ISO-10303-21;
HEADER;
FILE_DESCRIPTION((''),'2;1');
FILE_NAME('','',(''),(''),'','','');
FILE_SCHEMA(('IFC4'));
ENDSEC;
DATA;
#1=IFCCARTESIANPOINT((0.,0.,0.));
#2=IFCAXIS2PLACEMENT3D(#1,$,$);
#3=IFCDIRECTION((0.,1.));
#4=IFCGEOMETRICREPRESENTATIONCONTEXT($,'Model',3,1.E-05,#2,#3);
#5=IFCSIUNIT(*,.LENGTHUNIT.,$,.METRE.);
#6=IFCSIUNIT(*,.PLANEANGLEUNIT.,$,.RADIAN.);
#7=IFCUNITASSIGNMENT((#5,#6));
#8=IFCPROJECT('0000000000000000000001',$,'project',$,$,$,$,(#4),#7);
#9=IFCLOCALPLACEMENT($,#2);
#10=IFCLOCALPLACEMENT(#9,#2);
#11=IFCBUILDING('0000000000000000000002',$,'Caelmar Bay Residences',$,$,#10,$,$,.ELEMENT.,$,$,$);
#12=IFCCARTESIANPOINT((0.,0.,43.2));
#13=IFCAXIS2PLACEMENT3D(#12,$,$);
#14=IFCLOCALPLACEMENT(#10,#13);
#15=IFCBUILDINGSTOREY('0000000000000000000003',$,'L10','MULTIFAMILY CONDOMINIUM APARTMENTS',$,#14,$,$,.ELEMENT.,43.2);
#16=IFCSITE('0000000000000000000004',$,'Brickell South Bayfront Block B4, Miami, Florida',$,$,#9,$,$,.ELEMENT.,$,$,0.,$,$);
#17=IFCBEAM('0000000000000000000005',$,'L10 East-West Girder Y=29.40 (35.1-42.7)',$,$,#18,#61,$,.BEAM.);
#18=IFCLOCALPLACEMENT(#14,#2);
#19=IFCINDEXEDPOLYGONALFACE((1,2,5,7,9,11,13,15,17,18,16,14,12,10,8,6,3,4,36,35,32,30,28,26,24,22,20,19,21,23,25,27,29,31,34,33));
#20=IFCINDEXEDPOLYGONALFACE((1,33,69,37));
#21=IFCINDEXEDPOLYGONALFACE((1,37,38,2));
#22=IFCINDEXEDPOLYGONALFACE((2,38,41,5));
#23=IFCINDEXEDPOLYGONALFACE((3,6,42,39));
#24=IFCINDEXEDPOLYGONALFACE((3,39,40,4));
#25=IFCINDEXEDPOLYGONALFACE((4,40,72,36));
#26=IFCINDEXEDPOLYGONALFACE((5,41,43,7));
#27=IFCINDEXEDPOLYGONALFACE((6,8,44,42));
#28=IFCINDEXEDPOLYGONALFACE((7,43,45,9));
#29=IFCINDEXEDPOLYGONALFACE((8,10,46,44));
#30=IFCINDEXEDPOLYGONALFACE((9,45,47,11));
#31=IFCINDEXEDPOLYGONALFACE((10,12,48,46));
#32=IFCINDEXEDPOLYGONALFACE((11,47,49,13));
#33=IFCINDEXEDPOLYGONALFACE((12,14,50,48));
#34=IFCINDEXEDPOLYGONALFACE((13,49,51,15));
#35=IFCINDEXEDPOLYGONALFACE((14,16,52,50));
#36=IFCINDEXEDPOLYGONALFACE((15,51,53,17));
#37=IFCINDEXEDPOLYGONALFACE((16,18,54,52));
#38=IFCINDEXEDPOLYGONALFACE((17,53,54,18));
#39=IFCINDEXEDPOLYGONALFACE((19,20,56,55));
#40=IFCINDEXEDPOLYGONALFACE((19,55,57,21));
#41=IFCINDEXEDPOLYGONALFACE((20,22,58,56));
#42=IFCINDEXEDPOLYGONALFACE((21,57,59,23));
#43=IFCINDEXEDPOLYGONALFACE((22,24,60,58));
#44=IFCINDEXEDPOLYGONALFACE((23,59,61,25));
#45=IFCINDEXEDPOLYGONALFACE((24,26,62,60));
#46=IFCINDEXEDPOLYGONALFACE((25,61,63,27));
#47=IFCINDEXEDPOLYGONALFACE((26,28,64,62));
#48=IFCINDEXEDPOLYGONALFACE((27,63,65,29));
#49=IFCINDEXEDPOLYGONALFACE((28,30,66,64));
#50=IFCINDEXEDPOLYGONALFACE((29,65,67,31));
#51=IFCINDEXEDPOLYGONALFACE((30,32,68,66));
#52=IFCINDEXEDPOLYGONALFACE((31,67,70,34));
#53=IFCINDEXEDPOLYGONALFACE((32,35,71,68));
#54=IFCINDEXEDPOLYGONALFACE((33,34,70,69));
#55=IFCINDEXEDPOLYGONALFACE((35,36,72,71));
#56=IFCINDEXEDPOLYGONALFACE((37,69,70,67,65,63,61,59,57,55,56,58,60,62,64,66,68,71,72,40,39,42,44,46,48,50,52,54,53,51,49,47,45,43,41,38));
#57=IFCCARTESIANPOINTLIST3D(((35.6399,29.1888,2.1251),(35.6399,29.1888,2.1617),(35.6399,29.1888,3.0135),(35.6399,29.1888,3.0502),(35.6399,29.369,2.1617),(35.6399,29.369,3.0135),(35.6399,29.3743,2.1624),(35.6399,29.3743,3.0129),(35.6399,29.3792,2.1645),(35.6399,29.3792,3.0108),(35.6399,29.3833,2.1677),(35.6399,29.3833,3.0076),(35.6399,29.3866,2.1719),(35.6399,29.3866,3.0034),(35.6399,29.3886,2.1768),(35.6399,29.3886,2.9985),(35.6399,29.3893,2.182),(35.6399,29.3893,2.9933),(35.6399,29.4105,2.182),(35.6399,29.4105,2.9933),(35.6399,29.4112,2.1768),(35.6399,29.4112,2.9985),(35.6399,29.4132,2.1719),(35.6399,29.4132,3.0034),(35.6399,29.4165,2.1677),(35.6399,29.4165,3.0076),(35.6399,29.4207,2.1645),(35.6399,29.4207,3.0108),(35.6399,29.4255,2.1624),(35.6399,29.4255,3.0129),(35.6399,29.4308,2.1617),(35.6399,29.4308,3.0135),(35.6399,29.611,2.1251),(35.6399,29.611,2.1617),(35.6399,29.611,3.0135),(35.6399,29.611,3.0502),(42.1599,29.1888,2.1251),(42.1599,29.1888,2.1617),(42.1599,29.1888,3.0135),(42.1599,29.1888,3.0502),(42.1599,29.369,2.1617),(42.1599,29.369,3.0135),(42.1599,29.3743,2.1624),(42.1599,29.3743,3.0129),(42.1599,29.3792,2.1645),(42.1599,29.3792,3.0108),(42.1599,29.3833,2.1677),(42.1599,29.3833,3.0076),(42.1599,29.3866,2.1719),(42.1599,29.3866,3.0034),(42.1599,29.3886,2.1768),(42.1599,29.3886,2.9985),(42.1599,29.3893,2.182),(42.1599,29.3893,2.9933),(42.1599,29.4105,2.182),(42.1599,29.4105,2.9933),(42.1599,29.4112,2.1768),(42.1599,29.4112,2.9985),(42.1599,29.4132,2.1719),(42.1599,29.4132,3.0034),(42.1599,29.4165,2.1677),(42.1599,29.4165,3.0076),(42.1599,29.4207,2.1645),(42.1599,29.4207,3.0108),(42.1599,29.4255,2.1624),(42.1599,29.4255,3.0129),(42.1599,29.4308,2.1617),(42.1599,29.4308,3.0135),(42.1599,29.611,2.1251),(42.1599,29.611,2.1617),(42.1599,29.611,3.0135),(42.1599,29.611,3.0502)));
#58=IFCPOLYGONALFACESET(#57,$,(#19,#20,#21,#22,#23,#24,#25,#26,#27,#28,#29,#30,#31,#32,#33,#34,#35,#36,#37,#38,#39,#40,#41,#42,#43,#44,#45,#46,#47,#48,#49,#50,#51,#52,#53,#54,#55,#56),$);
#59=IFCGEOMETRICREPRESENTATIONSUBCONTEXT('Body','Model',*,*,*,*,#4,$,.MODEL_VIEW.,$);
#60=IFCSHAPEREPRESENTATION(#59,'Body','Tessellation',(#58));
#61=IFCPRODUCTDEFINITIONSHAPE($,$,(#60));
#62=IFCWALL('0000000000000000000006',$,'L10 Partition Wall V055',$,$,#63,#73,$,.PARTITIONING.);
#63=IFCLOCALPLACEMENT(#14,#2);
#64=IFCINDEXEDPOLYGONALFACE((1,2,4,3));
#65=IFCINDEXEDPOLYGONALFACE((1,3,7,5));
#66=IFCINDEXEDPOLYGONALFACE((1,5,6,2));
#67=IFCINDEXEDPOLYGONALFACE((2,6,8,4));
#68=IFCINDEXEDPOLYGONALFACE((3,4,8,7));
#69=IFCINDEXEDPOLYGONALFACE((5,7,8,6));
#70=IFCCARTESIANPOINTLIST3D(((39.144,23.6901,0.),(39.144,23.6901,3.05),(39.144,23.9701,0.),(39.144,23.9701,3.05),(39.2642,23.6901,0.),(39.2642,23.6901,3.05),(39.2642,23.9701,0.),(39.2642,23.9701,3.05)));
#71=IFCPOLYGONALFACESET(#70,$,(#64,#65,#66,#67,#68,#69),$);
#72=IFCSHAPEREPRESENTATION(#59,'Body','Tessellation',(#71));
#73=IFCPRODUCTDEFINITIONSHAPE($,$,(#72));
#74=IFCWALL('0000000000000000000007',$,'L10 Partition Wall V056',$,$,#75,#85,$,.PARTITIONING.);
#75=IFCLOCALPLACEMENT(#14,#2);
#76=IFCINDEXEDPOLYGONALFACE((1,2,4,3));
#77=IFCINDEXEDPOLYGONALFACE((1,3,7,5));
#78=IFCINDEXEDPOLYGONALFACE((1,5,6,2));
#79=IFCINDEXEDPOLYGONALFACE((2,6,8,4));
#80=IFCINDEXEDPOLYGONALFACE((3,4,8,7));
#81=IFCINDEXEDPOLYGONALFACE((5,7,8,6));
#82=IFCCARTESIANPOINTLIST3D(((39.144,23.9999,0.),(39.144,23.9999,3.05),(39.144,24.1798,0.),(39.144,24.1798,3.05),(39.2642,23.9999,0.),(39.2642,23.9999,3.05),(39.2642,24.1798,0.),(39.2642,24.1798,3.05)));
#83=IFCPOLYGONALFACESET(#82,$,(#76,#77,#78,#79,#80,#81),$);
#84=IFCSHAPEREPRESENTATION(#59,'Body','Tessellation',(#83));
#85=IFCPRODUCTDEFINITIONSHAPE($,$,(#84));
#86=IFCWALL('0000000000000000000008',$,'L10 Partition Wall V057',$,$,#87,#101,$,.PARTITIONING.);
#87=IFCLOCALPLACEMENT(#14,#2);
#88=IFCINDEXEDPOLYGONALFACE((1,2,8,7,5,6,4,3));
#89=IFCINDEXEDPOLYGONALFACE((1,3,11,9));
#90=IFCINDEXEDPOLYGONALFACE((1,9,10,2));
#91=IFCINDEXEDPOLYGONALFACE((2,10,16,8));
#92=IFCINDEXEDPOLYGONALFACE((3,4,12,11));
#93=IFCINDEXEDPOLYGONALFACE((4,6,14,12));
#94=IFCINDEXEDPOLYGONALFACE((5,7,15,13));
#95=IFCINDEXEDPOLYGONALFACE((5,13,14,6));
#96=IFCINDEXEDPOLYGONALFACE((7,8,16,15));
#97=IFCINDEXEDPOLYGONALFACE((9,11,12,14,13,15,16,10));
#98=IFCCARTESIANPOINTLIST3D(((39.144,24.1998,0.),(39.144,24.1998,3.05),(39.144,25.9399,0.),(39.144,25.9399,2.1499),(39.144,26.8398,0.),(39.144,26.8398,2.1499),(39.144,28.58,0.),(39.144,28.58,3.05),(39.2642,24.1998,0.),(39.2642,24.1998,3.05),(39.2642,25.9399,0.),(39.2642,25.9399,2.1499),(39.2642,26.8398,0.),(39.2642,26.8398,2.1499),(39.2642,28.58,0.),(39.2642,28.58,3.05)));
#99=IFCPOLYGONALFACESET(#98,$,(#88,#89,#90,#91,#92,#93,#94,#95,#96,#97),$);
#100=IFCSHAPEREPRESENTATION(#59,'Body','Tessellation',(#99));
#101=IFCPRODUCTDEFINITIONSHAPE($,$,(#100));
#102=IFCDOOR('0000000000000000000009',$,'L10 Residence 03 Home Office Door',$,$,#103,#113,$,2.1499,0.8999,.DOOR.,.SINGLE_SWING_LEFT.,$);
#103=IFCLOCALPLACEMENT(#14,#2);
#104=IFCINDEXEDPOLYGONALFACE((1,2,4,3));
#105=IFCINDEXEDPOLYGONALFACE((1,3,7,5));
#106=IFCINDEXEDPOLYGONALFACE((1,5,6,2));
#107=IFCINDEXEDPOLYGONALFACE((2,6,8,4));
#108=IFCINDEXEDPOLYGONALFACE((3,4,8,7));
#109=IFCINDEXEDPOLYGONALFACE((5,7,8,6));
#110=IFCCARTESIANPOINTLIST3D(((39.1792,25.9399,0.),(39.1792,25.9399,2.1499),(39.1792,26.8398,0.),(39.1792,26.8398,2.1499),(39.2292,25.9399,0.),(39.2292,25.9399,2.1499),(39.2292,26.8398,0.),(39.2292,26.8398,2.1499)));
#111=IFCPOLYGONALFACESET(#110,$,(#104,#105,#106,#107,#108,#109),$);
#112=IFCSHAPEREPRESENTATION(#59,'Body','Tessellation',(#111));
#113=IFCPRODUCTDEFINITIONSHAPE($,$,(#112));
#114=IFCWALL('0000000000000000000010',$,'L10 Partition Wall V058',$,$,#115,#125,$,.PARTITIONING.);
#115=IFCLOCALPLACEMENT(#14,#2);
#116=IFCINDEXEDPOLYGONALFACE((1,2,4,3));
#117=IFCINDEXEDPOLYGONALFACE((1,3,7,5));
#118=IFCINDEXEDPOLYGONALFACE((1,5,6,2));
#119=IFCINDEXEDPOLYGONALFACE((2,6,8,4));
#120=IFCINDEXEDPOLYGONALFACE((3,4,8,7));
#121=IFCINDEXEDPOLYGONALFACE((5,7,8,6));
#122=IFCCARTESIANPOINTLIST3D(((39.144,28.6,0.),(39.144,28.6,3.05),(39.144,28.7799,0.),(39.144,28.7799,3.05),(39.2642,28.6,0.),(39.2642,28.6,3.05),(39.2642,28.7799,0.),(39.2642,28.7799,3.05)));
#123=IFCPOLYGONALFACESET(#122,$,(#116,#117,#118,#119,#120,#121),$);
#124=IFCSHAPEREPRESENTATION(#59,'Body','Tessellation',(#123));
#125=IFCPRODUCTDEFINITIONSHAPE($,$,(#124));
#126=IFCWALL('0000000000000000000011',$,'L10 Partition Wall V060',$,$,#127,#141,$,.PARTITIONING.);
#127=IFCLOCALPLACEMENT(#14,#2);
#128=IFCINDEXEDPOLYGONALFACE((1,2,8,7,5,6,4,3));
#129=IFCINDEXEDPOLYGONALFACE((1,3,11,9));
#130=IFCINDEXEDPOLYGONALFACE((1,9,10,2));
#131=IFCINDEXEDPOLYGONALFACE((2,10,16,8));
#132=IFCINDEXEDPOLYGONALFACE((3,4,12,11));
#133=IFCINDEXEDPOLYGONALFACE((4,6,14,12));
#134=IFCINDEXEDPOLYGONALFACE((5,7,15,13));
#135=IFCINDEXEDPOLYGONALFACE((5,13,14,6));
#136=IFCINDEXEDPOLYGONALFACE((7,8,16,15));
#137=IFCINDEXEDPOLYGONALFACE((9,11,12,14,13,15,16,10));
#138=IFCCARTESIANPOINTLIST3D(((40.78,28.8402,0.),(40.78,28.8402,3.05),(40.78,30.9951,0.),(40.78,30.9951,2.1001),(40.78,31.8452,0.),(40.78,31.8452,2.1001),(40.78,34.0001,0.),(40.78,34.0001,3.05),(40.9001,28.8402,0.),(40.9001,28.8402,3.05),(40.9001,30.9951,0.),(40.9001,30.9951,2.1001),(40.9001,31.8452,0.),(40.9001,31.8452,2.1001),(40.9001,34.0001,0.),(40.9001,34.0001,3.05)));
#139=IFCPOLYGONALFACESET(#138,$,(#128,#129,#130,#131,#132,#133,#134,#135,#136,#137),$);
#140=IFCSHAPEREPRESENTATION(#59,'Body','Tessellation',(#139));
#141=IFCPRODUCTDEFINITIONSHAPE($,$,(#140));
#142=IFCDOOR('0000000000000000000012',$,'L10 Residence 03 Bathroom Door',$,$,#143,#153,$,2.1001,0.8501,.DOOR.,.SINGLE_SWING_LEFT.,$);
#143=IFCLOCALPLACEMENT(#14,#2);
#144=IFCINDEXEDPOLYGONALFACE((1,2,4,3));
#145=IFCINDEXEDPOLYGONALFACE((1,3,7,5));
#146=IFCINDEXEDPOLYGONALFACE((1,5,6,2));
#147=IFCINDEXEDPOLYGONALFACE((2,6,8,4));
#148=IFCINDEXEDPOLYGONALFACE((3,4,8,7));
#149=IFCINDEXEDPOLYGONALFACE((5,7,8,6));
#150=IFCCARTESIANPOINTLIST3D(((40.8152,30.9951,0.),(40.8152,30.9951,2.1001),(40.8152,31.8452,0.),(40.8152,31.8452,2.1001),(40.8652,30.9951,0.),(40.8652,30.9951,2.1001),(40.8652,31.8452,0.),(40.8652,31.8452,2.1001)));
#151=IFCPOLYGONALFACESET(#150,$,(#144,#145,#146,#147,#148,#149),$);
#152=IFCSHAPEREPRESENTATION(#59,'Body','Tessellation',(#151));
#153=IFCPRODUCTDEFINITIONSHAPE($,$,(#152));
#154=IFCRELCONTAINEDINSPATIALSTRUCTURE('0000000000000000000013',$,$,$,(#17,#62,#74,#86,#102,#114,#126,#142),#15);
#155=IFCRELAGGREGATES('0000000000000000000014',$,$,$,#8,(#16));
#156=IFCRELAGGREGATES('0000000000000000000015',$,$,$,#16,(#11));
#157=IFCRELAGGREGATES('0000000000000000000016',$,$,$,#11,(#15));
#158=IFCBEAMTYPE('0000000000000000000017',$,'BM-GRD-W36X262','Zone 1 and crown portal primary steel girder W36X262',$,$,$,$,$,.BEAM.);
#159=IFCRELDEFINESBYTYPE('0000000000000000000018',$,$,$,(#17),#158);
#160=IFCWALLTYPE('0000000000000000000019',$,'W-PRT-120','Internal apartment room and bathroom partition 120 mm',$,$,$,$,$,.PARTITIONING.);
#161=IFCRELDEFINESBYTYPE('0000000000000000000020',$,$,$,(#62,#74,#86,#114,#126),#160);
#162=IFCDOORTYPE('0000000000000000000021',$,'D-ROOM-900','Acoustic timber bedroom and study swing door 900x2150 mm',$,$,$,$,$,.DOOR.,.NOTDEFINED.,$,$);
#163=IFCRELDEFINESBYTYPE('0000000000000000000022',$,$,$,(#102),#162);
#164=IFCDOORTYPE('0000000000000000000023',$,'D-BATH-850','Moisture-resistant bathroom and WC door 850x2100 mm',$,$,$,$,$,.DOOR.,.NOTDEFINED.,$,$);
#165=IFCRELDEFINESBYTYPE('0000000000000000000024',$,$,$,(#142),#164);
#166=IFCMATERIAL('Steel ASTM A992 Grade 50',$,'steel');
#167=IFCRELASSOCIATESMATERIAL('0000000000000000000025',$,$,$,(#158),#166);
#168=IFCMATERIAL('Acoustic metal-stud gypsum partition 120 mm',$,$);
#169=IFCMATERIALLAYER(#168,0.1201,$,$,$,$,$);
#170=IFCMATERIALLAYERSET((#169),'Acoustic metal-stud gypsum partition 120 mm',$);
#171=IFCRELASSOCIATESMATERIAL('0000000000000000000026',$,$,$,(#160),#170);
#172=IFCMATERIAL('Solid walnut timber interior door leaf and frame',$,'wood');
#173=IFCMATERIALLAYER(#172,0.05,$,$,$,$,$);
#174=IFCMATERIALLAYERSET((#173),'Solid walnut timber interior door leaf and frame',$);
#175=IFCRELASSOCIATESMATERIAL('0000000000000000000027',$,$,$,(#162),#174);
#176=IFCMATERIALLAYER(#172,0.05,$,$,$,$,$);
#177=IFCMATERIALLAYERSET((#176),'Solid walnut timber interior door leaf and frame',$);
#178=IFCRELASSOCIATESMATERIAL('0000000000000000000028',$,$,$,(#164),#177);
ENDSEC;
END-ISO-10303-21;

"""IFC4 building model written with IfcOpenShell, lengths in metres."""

from ifc_helpers import new_model, si_unit, direction, frame, frame_2d, origin, origin_2d, place, context, subcontext, project, spatial, rectangle, i_section, extrude, material, layer, layer_set, material_profile, profile_set, type_object, element, fill, save


model = new_model("IFC4")

# Units and contexts
model_context = context("Model", 3, precision=1e-05, world=origin(), true_north=direction((0.0, 1.0)))
body_context = subcontext(model_context, "Body", "Model", "MODEL_VIEW")
ifc_project = project(units=[si_unit("LENGTHUNIT", "METRE"), si_unit("PLANEANGLEUNIT", "RADIAN")], contexts=[model_context])

# Site, building, storey
site_placement = place(None, origin())
site = spatial("IfcSite", under=ifc_project, at=site_placement, Name="Brickell South Bayfront Block B4, Miami, Florida", CompositionType="ELEMENT", RefElevation=0.0)
building_placement = place(site_placement, origin())
building = spatial("IfcBuilding", under=site, at=building_placement, Name="Caelmar Bay Residences", CompositionType="ELEMENT")
storey_placement = place(building_placement, frame((0.0, 0.0, 43.2)))
storey = spatial("IfcBuildingStorey", under=building, at=storey_placement, Name="L10", Description="MULTIFAMILY CONDOMINIUM APARTMENTS", CompositionType="ELEMENT", Elevation=43.2)

# Beam
ifc_material_1 = material(Name="Steel ASTM A992 Grade 50", Category="steel")
ifc_material_profile = material_profile(ifc_material_1, i_section(OverallWidth=0.4221, OverallDepth=0.925, WebThickness=0.0212, FlangeThickness=0.0366, FilletRadius=0.0203, at=origin_2d()), Name="W36X262")
ifc_profile_set = profile_set([ifc_material_profile], Name="Steel ASTM A992 Grade 50")
beam_type = type_object("IfcBeamType", Name="BM-GRD-W36X262", Description="Zone 1 and crown portal primary steel girder W36X262", PredefinedType="BEAM", material=ifc_profile_set)
beam_placement = place(storey_placement, frame((35.6399, 29.3999, 2.5876), z_axis=(1.0, 0.0, 0.0), x_axis=(0.0, 1.0, 0.0)))
element("IfcBeam", 1, at=beam_placement, inside=storey, type_object=beam_type, Name="L10 East-West Girder Y=29.40 (35.1-42.7)", PredefinedType="BEAM", context=body_context, shape_type="SweptSolid", body=[
    extrude(i_section(OverallWidth=0.4221, OverallDepth=0.925, WebThickness=0.0212, FlangeThickness=0.0366, FilletRadius=0.0203, at=origin_2d()), origin(), (0.0, 0.0, 1.0), 6.52),
])

# Walls
ifc_material_2 = material(Name="Acoustic metal-stud gypsum partition 120 mm")
ifc_layer_1 = layer(ifc_material_2, 0.1201)
ifc_layer_set_1 = layer_set([ifc_layer_1], Name="Acoustic metal-stud gypsum partition 120 mm")
wall_type_1 = type_object("IfcWallType", Name="W-PRT-120", Description="Internal apartment room and bathroom partition 120 mm", PredefinedType="PARTITIONING", material=ifc_layer_set_1)
wall_1_placement = place(storey_placement, frame((39.2041, 23.6899, 0.0), z_axis=(0.0, 0.0, 1.0), x_axis=(0.0, 1.0, 0.0)))
element("IfcWall", 2, at=wall_1_placement, inside=storey, type_object=wall_type_1, Name="L10 Partition Wall V055", PredefinedType="PARTITIONING", context=body_context, shape_type="SweptSolid", body=[
    extrude(rectangle(XDim=0.28, YDim=0.1201, at=frame_2d((0.1401, 0.0))), origin(), (0.0, 0.0, 1.0), 3.05),
])
wall_2_placement = place(storey_placement, frame((39.2041, 24.0, 0.0), z_axis=(0.0, 0.0, 1.0), x_axis=(0.0, 1.0, 0.0)))
element("IfcWall", 3, at=wall_2_placement, inside=storey, type_object=wall_type_1, Name="L10 Partition Wall V056", PredefinedType="PARTITIONING", context=body_context, shape_type="SweptSolid", body=[
    extrude(rectangle(XDim=0.1799, YDim=0.1201, at=frame_2d((0.0898, 0.0))), origin(), (0.0, 0.0, 1.0), 3.05),
])

# Wall, opening, door
wall_3_placement = place(storey_placement, frame((39.2041, 24.2, 0.0), z_axis=(0.0, 0.0, 1.0), x_axis=(0.0, 1.0, 0.0)))
wall_3 = element("IfcWall", 4, at=wall_3_placement, inside=storey, type_object=wall_type_1, Name="L10 Partition Wall V057", PredefinedType="PARTITIONING", context=body_context, shape_type="SweptSolid", body=[
    extrude(rectangle(XDim=4.3801, YDim=0.1201, at=frame_2d((2.1899, 0.0))), origin(), (0.0, 0.0, 1.0), 3.05),
])
opening_1_placement = place(wall_3_placement, frame((1.74, 0.0, 0.0)))
opening_1 = element("IfcOpeningElement", 5, at=opening_1_placement, cuts=wall_3, PredefinedType="OPENING", context=body_context, shape_type="SweptSolid", body=[
    extrude(rectangle(XDim=0.8999, YDim=2.1499, at=frame_2d((0.45, 1.075))), frame((0.0, 0.0701, 0.0), z_axis=(0.0, -1.0, 0.0), x_axis=(1.0, 0.0, 0.0)), (0.0, 0.0, 1.0), 0.1401),
])
ifc_material_3 = material(Name="Solid walnut timber interior door leaf and frame", Category="wood")
ifc_layer_2 = layer(ifc_material_3, 0.05)
ifc_layer_set_2 = layer_set([ifc_layer_2], Name="Solid walnut timber interior door leaf and frame")
door_type_1 = type_object("IfcDoorType", Name="D-ROOM-900", Description="Acoustic timber bedroom and study swing door 900x2150 mm", OperationType="NOTDEFINED", PredefinedType="DOOR", material=ifc_layer_set_2)
door_1_placement = place(opening_1_placement, origin())
door_1 = element("IfcDoor", 6, at=door_1_placement, inside=storey, type_object=door_type_1, Name="L10 Residence 03 Home Office Door", OperationType="SINGLE_SWING_LEFT", OverallHeight=2.1499, OverallWidth=0.8999, PredefinedType="DOOR", context=body_context, shape_type="SweptSolid", body=[
    extrude(rectangle(XDim=0.8999, YDim=2.1499, at=frame_2d((0.45, 1.075))), frame((0.0, 0.0249, 0.0), z_axis=(0.0, -1.0, 0.0), x_axis=(1.0, 0.0, 0.0)), (0.0, 0.0, 1.0), 0.05),
])
fill(opening_1, door_1)

# Wall
wall_4_placement = place(storey_placement, frame((39.2041, 28.6001, 0.0), z_axis=(0.0, 0.0, 1.0), x_axis=(0.0, 1.0, 0.0)))
element("IfcWall", 7, at=wall_4_placement, inside=storey, type_object=wall_type_1, Name="L10 Partition Wall V058", PredefinedType="PARTITIONING", context=body_context, shape_type="SweptSolid", body=[
    extrude(rectangle(XDim=0.1799, YDim=0.1201, at=frame_2d((0.0898, 0.0))), origin(), (0.0, 0.0, 1.0), 3.05),
])

# Wall, opening, door
wall_5_placement = place(storey_placement, frame((40.8401, 28.8401, 0.0), z_axis=(0.0, 0.0, 1.0), x_axis=(0.0, 1.0, 0.0)))
wall_5 = element("IfcWall", 8, at=wall_5_placement, inside=storey, type_object=wall_type_1, Name="L10 Partition Wall V060", PredefinedType="PARTITIONING", context=body_context, shape_type="SweptSolid", body=[
    extrude(rectangle(XDim=5.1599, YDim=0.1201, at=frame_2d((2.5801, 0.0))), origin(), (0.0, 0.0, 1.0), 3.05),
])
opening_2_placement = place(wall_5_placement, frame((2.155, 0.0, 0.0)))
opening_2 = element("IfcOpeningElement", 9, at=opening_2_placement, cuts=wall_5, PredefinedType="OPENING", context=body_context, shape_type="SweptSolid", body=[
    extrude(rectangle(XDim=0.8501, YDim=2.1001, at=frame_2d((0.425, 1.05))), frame((0.0, 0.0701, 0.0), z_axis=(0.0, -1.0, 0.0), x_axis=(1.0, 0.0, 0.0)), (0.0, 0.0, 1.0), 0.1401),
])
ifc_layer_3 = layer(ifc_material_3, 0.05)
ifc_layer_set_3 = layer_set([ifc_layer_3], Name="Solid walnut timber interior door leaf and frame")
door_type_2 = type_object("IfcDoorType", Name="D-BATH-850", Description="Moisture-resistant bathroom and WC door 850x2100 mm", OperationType="NOTDEFINED", PredefinedType="DOOR", material=ifc_layer_set_3)
door_2_placement = place(opening_2_placement, origin())
door_2 = element("IfcDoor", 10, at=door_2_placement, inside=storey, type_object=door_type_2, Name="L10 Residence 03 Bathroom Door", OperationType="SINGLE_SWING_LEFT", OverallHeight=2.1001, OverallWidth=0.8501, PredefinedType="DOOR", context=body_context, shape_type="SweptSolid", body=[
    extrude(rectangle(XDim=0.8501, YDim=2.1001, at=frame_2d((0.425, 1.05))), frame((0.0, 0.0249, 0.0), z_axis=(0.0, -1.0, 0.0), x_axis=(1.0, 0.0, 0.0)), (0.0, 0.0, 1.0), 0.05),
])
fill(opening_2, door_2)

save(model, "model.ifc")
